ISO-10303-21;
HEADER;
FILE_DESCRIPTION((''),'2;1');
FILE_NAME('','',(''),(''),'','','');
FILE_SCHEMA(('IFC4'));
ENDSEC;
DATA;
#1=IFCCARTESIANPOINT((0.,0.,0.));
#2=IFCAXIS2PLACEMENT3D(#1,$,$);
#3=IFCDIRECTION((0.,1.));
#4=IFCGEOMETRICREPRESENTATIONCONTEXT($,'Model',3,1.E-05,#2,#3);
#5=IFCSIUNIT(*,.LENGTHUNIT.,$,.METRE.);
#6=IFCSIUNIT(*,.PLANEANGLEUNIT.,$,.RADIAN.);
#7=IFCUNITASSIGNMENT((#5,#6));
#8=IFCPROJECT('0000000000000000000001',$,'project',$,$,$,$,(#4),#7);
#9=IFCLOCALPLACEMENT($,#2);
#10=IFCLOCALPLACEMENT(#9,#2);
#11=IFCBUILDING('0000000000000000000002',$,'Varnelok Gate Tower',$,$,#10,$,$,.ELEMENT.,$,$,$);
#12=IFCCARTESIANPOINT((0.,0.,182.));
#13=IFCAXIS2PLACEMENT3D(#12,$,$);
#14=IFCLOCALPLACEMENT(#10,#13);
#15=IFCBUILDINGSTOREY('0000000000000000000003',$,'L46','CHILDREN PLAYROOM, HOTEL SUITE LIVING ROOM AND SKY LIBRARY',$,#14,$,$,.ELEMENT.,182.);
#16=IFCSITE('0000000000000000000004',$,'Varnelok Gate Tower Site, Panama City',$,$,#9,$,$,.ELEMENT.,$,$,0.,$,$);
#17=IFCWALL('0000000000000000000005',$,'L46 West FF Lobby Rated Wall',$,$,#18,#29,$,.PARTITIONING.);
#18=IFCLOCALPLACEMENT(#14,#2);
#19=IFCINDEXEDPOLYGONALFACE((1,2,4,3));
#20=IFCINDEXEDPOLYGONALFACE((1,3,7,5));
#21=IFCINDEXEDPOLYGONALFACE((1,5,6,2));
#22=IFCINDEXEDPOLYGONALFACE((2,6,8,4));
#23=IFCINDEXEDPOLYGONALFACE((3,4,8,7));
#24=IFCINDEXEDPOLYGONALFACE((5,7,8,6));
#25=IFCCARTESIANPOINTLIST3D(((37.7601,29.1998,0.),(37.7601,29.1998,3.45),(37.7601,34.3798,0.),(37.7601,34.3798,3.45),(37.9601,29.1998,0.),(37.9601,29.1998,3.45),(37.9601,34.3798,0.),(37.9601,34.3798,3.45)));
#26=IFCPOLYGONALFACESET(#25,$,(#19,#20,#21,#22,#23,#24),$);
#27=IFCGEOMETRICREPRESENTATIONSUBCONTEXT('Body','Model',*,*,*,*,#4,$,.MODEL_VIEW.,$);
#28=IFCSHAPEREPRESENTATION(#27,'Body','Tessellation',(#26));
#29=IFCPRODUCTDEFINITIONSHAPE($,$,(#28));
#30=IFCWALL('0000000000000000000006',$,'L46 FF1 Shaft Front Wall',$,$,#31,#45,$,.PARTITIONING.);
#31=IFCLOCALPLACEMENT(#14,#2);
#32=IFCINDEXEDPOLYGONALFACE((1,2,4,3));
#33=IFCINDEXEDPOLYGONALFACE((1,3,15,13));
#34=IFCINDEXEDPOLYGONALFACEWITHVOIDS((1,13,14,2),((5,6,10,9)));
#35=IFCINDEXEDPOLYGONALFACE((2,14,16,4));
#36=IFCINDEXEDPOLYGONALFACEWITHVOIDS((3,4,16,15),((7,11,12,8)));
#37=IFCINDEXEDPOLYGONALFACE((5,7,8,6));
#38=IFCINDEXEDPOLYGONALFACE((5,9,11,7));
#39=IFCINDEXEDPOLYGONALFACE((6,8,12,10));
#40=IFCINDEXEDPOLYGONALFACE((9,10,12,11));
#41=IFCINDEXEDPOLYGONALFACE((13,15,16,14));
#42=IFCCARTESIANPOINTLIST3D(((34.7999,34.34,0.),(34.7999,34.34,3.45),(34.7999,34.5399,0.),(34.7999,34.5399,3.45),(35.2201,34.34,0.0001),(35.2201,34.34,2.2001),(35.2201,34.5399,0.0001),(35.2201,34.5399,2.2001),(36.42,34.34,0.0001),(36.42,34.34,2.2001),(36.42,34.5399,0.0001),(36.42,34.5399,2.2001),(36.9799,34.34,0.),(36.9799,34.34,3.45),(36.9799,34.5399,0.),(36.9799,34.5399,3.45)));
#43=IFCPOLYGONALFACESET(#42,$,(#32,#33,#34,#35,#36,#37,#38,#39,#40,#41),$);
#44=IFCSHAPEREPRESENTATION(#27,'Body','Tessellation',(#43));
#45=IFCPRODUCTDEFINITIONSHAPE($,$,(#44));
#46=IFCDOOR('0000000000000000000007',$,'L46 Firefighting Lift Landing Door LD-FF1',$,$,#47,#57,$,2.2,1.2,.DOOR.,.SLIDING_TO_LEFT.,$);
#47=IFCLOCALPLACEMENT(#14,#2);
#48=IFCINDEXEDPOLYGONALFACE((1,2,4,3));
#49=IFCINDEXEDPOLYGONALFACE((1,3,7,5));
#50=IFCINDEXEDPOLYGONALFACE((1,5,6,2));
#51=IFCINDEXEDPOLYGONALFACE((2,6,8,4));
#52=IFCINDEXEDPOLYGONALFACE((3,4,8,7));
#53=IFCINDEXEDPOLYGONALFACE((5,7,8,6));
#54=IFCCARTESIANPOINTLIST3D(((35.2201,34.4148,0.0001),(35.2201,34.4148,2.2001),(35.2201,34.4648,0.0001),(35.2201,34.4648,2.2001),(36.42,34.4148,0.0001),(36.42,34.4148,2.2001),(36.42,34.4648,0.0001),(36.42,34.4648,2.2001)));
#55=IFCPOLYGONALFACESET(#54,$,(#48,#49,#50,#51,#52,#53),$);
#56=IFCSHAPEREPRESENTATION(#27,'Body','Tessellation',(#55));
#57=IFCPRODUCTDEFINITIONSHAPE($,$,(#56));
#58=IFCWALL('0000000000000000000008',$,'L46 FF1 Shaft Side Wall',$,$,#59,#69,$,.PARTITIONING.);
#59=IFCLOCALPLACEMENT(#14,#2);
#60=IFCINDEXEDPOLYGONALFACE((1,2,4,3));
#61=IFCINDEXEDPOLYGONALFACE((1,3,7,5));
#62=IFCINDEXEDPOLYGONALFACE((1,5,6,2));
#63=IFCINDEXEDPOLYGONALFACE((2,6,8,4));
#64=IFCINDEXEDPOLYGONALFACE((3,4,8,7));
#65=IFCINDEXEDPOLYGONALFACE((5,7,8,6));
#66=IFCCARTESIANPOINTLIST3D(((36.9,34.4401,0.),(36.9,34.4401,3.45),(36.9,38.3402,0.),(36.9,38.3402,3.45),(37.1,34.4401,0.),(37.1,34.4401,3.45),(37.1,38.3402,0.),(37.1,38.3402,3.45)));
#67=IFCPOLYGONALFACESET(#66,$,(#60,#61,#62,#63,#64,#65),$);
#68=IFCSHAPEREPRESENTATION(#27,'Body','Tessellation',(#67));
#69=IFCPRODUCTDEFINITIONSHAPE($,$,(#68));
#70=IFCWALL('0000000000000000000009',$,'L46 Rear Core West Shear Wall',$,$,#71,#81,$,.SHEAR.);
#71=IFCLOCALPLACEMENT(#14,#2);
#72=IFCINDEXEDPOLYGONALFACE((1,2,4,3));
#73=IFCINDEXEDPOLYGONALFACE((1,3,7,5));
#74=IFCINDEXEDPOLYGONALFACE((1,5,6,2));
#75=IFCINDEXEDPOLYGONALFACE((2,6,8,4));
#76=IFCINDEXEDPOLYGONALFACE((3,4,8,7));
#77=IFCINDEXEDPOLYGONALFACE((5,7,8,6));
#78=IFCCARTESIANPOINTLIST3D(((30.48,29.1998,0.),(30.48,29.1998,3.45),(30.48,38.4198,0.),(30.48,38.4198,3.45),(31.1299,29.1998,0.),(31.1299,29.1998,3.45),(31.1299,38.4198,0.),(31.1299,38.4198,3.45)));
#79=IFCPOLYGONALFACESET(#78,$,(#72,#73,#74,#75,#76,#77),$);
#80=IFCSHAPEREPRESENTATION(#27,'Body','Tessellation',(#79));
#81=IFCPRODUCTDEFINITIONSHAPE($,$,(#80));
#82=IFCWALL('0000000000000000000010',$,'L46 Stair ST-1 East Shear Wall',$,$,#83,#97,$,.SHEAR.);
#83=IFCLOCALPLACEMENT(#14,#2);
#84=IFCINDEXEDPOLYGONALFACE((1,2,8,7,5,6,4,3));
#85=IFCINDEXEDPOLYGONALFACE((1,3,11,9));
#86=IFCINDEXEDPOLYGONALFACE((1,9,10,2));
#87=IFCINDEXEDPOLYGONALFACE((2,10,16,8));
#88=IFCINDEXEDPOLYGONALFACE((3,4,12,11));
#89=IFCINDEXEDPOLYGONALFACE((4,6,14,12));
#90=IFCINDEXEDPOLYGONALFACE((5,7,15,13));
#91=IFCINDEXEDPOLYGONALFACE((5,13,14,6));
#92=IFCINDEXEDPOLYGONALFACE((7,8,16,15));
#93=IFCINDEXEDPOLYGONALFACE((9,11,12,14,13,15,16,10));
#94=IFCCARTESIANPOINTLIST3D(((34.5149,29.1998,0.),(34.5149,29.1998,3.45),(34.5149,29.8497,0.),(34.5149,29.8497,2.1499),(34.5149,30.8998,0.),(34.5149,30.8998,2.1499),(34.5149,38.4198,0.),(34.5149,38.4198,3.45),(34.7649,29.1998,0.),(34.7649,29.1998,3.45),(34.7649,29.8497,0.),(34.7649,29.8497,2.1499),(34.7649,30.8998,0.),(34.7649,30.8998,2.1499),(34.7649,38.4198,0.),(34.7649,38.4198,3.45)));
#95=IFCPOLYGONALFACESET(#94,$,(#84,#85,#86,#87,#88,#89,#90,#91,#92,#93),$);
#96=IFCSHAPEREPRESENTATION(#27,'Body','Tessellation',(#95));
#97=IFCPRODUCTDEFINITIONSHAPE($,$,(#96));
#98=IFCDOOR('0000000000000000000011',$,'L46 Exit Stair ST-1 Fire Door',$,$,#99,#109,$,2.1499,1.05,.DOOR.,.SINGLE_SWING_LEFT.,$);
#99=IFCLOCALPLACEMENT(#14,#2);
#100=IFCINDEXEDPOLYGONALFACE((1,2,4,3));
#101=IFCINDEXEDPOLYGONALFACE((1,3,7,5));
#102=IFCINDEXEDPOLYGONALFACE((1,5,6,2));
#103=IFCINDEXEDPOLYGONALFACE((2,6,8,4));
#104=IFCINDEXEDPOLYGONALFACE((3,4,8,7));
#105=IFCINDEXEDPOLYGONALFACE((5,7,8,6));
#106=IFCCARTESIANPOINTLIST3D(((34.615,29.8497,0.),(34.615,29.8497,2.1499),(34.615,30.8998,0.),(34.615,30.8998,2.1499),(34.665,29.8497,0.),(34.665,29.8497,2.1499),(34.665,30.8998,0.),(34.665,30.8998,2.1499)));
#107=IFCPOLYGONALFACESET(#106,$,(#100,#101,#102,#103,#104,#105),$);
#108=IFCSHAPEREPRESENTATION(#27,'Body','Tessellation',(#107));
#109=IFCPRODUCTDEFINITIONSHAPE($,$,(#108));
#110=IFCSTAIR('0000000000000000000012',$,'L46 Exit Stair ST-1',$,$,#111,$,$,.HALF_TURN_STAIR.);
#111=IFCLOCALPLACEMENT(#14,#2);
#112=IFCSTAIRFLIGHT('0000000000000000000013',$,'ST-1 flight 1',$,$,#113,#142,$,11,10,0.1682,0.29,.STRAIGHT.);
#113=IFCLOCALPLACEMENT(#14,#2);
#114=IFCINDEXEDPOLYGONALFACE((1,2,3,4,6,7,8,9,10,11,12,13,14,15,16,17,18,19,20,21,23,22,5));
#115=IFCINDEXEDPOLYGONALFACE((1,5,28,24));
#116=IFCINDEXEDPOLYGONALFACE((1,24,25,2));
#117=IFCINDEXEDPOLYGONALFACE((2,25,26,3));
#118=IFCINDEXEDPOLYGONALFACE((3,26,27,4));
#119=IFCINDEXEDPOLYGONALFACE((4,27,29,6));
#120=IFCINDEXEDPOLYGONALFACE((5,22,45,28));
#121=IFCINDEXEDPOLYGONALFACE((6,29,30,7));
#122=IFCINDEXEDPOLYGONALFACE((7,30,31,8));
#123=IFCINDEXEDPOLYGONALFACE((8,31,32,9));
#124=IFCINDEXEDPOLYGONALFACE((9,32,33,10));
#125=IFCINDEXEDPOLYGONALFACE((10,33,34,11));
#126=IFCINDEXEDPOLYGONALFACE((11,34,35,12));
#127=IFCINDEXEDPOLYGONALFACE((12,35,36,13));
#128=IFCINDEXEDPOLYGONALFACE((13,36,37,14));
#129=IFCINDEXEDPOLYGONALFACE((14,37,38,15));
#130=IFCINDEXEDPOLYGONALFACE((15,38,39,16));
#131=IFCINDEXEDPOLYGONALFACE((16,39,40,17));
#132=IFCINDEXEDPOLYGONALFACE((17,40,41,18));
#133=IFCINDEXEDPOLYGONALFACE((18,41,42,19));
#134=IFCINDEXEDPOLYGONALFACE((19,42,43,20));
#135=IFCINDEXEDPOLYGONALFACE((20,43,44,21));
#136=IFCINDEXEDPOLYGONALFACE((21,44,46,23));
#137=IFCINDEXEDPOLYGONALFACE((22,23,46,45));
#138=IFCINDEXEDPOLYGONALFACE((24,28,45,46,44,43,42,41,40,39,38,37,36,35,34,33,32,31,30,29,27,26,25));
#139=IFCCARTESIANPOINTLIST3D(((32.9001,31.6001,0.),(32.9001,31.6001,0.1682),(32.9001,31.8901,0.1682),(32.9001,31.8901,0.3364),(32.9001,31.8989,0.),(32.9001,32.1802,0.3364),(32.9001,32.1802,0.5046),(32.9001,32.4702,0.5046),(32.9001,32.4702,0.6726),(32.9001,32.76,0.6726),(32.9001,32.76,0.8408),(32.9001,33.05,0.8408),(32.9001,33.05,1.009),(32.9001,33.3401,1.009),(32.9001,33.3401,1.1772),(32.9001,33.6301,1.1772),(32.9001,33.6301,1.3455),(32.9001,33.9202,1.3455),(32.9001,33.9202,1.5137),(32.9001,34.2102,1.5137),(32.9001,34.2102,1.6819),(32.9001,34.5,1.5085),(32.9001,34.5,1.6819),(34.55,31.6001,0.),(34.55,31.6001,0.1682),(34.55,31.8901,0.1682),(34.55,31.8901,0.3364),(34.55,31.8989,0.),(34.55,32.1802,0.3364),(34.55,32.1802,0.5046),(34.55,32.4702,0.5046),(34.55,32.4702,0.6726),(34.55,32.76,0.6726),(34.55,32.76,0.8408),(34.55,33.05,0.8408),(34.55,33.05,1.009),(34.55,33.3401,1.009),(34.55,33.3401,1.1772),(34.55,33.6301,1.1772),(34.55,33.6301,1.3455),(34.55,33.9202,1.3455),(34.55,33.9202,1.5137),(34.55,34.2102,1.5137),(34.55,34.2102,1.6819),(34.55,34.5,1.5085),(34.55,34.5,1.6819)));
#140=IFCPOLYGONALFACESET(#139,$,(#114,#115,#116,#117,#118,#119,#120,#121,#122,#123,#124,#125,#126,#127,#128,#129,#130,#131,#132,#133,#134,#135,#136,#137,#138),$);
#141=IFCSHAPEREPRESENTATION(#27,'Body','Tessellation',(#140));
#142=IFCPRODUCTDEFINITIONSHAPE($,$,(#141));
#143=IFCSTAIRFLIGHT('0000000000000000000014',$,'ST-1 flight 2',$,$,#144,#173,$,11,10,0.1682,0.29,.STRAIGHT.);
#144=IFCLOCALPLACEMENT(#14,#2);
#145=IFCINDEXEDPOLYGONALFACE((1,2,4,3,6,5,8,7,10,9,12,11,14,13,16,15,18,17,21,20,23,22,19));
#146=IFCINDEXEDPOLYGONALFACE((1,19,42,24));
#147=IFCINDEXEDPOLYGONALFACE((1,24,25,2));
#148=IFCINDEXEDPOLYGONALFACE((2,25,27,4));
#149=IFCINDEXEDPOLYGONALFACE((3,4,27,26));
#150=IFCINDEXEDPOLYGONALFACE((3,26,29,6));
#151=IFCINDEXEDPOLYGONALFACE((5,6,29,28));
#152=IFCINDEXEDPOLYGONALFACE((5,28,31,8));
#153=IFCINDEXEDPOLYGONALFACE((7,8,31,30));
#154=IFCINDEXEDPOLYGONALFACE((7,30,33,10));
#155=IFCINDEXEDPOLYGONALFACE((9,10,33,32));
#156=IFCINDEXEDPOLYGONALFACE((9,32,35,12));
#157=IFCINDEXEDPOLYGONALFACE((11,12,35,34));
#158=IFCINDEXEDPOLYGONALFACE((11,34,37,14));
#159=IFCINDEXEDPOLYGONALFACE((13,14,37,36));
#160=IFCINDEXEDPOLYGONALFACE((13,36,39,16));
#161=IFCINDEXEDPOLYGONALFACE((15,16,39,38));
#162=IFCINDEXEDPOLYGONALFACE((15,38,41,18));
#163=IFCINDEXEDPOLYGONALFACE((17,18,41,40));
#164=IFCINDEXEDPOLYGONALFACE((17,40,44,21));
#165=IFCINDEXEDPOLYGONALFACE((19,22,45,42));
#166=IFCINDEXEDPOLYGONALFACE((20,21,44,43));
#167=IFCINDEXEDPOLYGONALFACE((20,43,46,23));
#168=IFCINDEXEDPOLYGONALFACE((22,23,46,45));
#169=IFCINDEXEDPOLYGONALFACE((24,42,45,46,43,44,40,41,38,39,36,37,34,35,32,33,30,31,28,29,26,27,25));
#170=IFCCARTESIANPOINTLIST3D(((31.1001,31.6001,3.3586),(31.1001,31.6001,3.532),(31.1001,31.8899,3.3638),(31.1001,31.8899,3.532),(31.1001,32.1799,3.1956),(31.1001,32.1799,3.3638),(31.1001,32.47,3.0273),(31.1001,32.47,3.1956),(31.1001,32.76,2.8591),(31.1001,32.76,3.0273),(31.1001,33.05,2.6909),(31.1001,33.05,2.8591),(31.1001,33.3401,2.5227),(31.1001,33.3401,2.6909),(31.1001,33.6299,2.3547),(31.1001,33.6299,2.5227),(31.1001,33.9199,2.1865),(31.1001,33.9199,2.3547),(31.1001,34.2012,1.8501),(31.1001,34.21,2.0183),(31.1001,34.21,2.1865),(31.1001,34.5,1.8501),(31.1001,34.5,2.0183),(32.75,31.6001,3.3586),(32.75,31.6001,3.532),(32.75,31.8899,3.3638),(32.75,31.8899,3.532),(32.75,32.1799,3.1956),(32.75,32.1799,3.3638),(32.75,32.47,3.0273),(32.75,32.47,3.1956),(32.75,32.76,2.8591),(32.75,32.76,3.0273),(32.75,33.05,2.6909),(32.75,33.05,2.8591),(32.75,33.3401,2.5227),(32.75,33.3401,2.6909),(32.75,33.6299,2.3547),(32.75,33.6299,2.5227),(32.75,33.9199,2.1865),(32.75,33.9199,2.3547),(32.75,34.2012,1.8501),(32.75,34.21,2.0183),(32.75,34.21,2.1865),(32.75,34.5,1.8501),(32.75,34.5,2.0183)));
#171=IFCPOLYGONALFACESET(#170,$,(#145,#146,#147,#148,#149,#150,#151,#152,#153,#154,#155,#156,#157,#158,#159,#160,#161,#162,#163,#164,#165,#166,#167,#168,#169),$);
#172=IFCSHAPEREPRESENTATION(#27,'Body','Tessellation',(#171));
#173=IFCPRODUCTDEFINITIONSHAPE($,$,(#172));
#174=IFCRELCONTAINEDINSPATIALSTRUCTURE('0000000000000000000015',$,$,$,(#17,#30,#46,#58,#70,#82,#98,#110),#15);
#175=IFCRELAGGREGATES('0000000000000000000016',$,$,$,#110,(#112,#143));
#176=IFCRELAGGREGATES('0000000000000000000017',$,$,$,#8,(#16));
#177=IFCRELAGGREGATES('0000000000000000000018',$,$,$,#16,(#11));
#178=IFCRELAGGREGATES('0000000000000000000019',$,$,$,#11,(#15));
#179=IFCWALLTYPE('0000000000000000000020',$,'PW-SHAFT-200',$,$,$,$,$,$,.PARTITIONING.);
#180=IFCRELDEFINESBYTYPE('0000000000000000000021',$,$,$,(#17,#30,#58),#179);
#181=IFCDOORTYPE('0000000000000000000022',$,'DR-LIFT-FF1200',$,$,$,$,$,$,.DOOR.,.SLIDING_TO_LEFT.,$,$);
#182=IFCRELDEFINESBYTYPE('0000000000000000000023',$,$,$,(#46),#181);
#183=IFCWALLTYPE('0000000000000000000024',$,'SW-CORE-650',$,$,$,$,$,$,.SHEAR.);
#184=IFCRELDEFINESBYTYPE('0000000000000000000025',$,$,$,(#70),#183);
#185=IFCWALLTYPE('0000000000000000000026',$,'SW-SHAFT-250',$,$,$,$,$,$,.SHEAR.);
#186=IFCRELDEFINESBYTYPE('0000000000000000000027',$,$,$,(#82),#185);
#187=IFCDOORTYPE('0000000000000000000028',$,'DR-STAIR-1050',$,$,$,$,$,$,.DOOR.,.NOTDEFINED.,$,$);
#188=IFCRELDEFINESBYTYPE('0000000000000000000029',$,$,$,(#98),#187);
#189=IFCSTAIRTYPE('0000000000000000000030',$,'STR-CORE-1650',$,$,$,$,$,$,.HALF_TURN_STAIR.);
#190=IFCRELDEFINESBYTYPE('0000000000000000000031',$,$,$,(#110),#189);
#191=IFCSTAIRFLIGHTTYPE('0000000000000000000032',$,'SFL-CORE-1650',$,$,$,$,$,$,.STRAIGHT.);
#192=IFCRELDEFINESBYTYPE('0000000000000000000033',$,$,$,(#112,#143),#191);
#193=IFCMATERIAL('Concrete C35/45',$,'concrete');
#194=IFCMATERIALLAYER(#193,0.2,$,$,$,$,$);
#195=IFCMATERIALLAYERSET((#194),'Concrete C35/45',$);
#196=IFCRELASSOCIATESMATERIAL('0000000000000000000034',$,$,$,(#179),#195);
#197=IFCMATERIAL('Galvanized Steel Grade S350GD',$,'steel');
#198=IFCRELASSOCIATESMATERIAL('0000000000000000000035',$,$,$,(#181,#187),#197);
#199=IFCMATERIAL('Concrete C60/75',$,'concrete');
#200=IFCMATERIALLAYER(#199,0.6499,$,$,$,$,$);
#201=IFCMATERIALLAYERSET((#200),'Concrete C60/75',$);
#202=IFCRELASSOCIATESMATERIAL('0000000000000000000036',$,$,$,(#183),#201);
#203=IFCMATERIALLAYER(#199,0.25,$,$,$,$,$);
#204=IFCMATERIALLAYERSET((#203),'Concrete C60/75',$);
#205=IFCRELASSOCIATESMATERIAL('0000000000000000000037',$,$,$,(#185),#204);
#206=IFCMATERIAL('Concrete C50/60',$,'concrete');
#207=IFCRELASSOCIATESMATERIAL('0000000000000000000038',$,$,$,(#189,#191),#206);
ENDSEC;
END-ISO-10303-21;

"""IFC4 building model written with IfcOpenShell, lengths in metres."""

from ifc_helpers import new_model, si_unit, direction, frame, frame_2d, origin, place, context, subcontext, project, spatial, polyline, rectangle, outline, extrude, material, layer, layer_set, type_object, element, fill, aggregate, save


model = new_model("IFC4")

# Units and contexts
model_context = context("Model", 3, precision=1e-05, world=origin(), true_north=direction((0.0, 1.0)))
body_context = subcontext(model_context, "Body", "Model", "MODEL_VIEW")
ifc_project = project(units=[si_unit("LENGTHUNIT", "METRE"), si_unit("PLANEANGLEUNIT", "RADIAN")], contexts=[model_context])

# Site, building, storey
site_placement = place(None, origin())
site = spatial("IfcSite", under=ifc_project, at=site_placement, Name="Varnelok Gate Tower Site, Panama City", CompositionType="ELEMENT", RefElevation=0.0)
building_placement = place(site_placement, origin())
building = spatial("IfcBuilding", under=site, at=building_placement, Name="Varnelok Gate Tower", CompositionType="ELEMENT")
storey_placement = place(building_placement, frame((0.0, 0.0, 182.0)))
storey = spatial("IfcBuildingStorey", under=building, at=storey_placement, Name="L46", Description="CHILDREN PLAYROOM, HOTEL SUITE LIVING ROOM AND SKY LIBRARY", CompositionType="ELEMENT", Elevation=182.0)

# Shared definitions
ifc_material_1 = material(Name="Concrete C60/75", Category="concrete")

# Wall
ifc_material_2 = material(Name="Concrete C35/45", Category="concrete")
ifc_layer_1 = layer(ifc_material_2, 0.2)
ifc_layer_set_1 = layer_set([ifc_layer_1], Name="Concrete C35/45")
wall_type_1 = type_object("IfcWallType", Name="PW-SHAFT-200", PredefinedType="PARTITIONING", material=ifc_layer_set_1)
wall_1_placement = place(storey_placement, frame((37.8601, 29.2, 0.0), z_axis=(0.0, 0.0, 1.0), x_axis=(0.0, 1.0, 0.0)))
element("IfcWall", 1, at=wall_1_placement, inside=storey, type_object=wall_type_1, Name="L46 West FF Lobby Rated Wall", PredefinedType="PARTITIONING", context=body_context, shape_type="SweptSolid", body=[
    extrude(rectangle(XDim=5.1799, YDim=0.2, at=frame_2d((2.5898, 0.0))), origin(), (0.0, 0.0, 1.0), 3.45),
])

# Wall, opening, door
wall_2_placement = place(storey_placement, frame((34.8, 34.4399, 0.0), z_axis=(0.0, 0.0, 1.0), x_axis=(1.0, 0.0, 0.0)))
wall_2 = element("IfcWall", 2, at=wall_2_placement, inside=storey, type_object=wall_type_1, Name="L46 FF1 Shaft Front Wall", PredefinedType="PARTITIONING", context=body_context, shape_type="SweptSolid", body=[
    extrude(rectangle(XDim=2.1799, YDim=0.2, at=frame_2d((1.0898, 0.0))), origin(), (0.0, 0.0, 1.0), 3.45),
])
opening_1_placement = place(wall_2_placement, frame((0.4199, 0.0, 0.0)))
opening_1 = element("IfcOpeningElement", 3, at=opening_1_placement, cuts=wall_2, PredefinedType="OPENING", context=body_context, shape_type="SweptSolid", body=[
    extrude(rectangle(XDim=1.2, YDim=2.2, at=frame_2d((0.6001, 1.1001))), frame((0.0, 0.1099, 0.0), z_axis=(0.0, -1.0, 0.0), x_axis=(1.0, 0.0, 0.0)), (0.0, 0.0, 1.0), 0.22),
])
ifc_material_3 = material(Name="Galvanized Steel Grade S350GD", Category="steel")
door_type_1 = type_object("IfcDoorType", Name="DR-LIFT-FF1200", OperationType="SLIDING_TO_LEFT", PredefinedType="DOOR", material=ifc_material_3)
door_1_placement = place(opening_1_placement, origin())
door_1 = element("IfcDoor", 4, at=door_1_placement, inside=storey, type_object=door_type_1, Name="L46 Firefighting Lift Landing Door LD-FF1", OperationType="SLIDING_TO_LEFT", OverallHeight=2.2, OverallWidth=1.2, PredefinedType="DOOR", context=body_context, shape_type="SweptSolid", body=[
    extrude(rectangle(XDim=1.2, YDim=2.2, at=frame_2d((0.6001, 1.1001))), frame((0.0, 0.0249, 0.0), z_axis=(0.0, -1.0, 0.0), x_axis=(1.0, 0.0, 0.0)), (0.0, 0.0, 1.0), 0.05),
])
fill(opening_1, door_1)

# Walls
wall_3_placement = place(storey_placement, frame((37.0, 34.4399, 0.0), z_axis=(0.0, 0.0, 1.0), x_axis=(0.0, 1.0, 0.0)))
element("IfcWall", 5, at=wall_3_placement, inside=storey, type_object=wall_type_1, Name="L46 FF1 Shaft Side Wall", PredefinedType="PARTITIONING", context=body_context, shape_type="SweptSolid", body=[
    extrude(rectangle(XDim=3.9001, YDim=0.2, at=frame_2d((1.9502, 0.0))), origin(), (0.0, 0.0, 1.0), 3.45),
])
ifc_layer_2 = layer(ifc_material_1, 0.6499)
ifc_layer_set_2 = layer_set([ifc_layer_2], Name="Concrete C60/75")
wall_type_2 = type_object("IfcWallType", Name="SW-CORE-650", PredefinedType="SHEAR", material=ifc_layer_set_2)
wall_4_placement = place(storey_placement, frame((30.8049, 29.2, 0.0), z_axis=(0.0, 0.0, 1.0), x_axis=(0.0, 1.0, 0.0)))
element("IfcWall", 6, at=wall_4_placement, inside=storey, type_object=wall_type_2, Name="L46 Rear Core West Shear Wall", PredefinedType="SHEAR", context=body_context, shape_type="SweptSolid", body=[
    extrude(rectangle(XDim=9.22, YDim=0.6499, at=frame_2d((4.6099, 0.0))), origin(), (0.0, 0.0, 1.0), 3.45),
])

# Wall, opening, door
ifc_layer_3 = layer(ifc_material_1, 0.25)
ifc_layer_set_3 = layer_set([ifc_layer_3], Name="Concrete C60/75")
wall_type_3 = type_object("IfcWallType", Name="SW-SHAFT-250", PredefinedType="SHEAR", material=ifc_layer_set_3)
wall_5_placement = place(storey_placement, frame((34.6399, 29.2, 0.0), z_axis=(0.0, 0.0, 1.0), x_axis=(0.0, 1.0, 0.0)))
wall_5 = element("IfcWall", 7, at=wall_5_placement, inside=storey, type_object=wall_type_3, Name="L46 Stair ST-1 East Shear Wall", PredefinedType="SHEAR", context=body_context, shape_type="SweptSolid", body=[
    extrude(rectangle(XDim=9.22, YDim=0.25, at=frame_2d((4.6099, 0.0))), origin(), (0.0, 0.0, 1.0), 3.45),
])
opening_2_placement = place(wall_5_placement, frame((0.6499, 0.0, 0.0)))
opening_2 = element("IfcOpeningElement", 8, at=opening_2_placement, cuts=wall_5, PredefinedType="OPENING", context=body_context, shape_type="SweptSolid", body=[
    extrude(rectangle(XDim=1.05, YDim=2.1499, at=frame_2d((0.5249, 1.075))), frame((0.0, 0.135, 0.0), z_axis=(0.0, -1.0, 0.0), x_axis=(1.0, 0.0, 0.0)), (0.0, 0.0, 1.0), 0.27),
])
door_type_2 = type_object("IfcDoorType", Name="DR-STAIR-1050", OperationType="NOTDEFINED", PredefinedType="DOOR", material=ifc_material_3)
door_2_placement = place(opening_2_placement, origin())
door_2 = element("IfcDoor", 9, at=door_2_placement, inside=storey, type_object=door_type_2, Name="L46 Exit Stair ST-1 Fire Door", OperationType="SINGLE_SWING_LEFT", OverallHeight=2.1499, OverallWidth=1.05, PredefinedType="DOOR", context=body_context, shape_type="SweptSolid", body=[
    extrude(rectangle(XDim=1.05, YDim=2.1499, at=frame_2d((0.5249, 1.075))), frame((0.0, 0.0249, 0.0), z_axis=(0.0, -1.0, 0.0), x_axis=(1.0, 0.0, 0.0)), (0.0, 0.0, 1.0), 0.05),
])
fill(opening_2, door_2)

# Stair, stair flights
ifc_material_4 = material(Name="Concrete C50/60", Category="concrete")
stair_type = type_object("IfcStairType", Name="STR-CORE-1650", PredefinedType="HALF_TURN_STAIR", material=ifc_material_4)
stair_placement = place(storey_placement, origin())
stair = element("IfcStair", 10, at=stair_placement, inside=storey, type_object=stair_type, Name="L46 Exit Stair ST-1", PredefinedType="HALF_TURN_STAIR")
stair_flight_type = type_object("IfcStairFlightType", Name="SFL-CORE-1650", PredefinedType="STRAIGHT", material=ifc_material_4)
stair_flight_1_placement = place(storey_placement, frame((33.7251, 31.6001, 0.0), z_axis=(0.0, 0.0, 1.0), x_axis=(0.0, 1.0, 0.0)))
stair_flight_1 = element("IfcStairFlight", 11, at=stair_flight_1_placement, type_object=stair_flight_type, Name="ST-1 flight 1", NumberOfRisers=11, NumberOfTreads=10, PredefinedType="STRAIGHT", RiserHeight=0.1682, TreadLength=0.29, context=body_context, shape_type="SweptSolid", body=[
    extrude(outline(polyline([(0.0, 0.0), (0.0, 0.1682), (0.29, 0.1682), (0.29, 0.3364), (0.5801, 0.3364), (0.5801, 0.5046), (0.8701, 0.5046), (0.8701, 0.6726), (1.1599, 0.6726), (1.1599, 0.8408), (1.45, 0.8408), (1.45, 1.009), (1.74, 1.009), (1.74, 1.1772), (2.03, 1.1772), (2.03, 1.3455), (2.3201, 1.3455), (2.3201, 1.5137), (2.6101, 1.5137), (2.6101, 1.6819), (2.8999, 1.6819), (2.8999, 1.8501), (2.8999, 1.5085), (0.2988, 0.0), (0.0, 0.0)])), frame((0.0, 0.825, 0.0), z_axis=(0.0, -1.0, 0.0), x_axis=(1.0, 0.0, 0.0)), (0.0, 0.0, 1.0), 1.6499),
])
stair_flight_2_placement = place(storey_placement, frame((31.925, 34.5, 1.8501), z_axis=(0.0, 0.0, 1.0), x_axis=(0.0, -1.0, 0.0)))
stair_flight_2 = element("IfcStairFlight", 12, at=stair_flight_2_placement, type_object=stair_flight_type, Name="ST-1 flight 2", NumberOfRisers=11, NumberOfTreads=10, PredefinedType="STRAIGHT", RiserHeight=0.1682, TreadLength=0.29, context=body_context, shape_type="SweptSolid", body=[
    extrude(outline(polyline([(0.0, 0.0), (0.0, 0.1682), (0.29, 0.1682), (0.29, 0.3364), (0.5801, 0.3364), (0.5801, 0.5046), (0.8701, 0.5046), (0.8701, 0.6726), (1.1599, 0.6726), (1.1599, 0.8408), (1.45, 0.8408), (1.45, 1.009), (1.74, 1.009), (1.74, 1.1772), (2.03, 1.1772), (2.03, 1.3455), (2.3201, 1.3455), (2.3201, 1.5137), (2.6101, 1.5137), (2.6101, 1.6819), (2.8999, 1.6819), (2.8999, 1.8501), (2.8999, 1.5085), (0.2988, 0.0), (0.0, 0.0)])), frame((0.0, 0.825, 0.0), z_axis=(0.0, -1.0, 0.0), x_axis=(1.0, 0.0, 0.0)), (0.0, 0.0, 1.0), 1.6499),
])
aggregate(stair, [stair_flight_1, stair_flight_2])

save(model, "model.ifc")
